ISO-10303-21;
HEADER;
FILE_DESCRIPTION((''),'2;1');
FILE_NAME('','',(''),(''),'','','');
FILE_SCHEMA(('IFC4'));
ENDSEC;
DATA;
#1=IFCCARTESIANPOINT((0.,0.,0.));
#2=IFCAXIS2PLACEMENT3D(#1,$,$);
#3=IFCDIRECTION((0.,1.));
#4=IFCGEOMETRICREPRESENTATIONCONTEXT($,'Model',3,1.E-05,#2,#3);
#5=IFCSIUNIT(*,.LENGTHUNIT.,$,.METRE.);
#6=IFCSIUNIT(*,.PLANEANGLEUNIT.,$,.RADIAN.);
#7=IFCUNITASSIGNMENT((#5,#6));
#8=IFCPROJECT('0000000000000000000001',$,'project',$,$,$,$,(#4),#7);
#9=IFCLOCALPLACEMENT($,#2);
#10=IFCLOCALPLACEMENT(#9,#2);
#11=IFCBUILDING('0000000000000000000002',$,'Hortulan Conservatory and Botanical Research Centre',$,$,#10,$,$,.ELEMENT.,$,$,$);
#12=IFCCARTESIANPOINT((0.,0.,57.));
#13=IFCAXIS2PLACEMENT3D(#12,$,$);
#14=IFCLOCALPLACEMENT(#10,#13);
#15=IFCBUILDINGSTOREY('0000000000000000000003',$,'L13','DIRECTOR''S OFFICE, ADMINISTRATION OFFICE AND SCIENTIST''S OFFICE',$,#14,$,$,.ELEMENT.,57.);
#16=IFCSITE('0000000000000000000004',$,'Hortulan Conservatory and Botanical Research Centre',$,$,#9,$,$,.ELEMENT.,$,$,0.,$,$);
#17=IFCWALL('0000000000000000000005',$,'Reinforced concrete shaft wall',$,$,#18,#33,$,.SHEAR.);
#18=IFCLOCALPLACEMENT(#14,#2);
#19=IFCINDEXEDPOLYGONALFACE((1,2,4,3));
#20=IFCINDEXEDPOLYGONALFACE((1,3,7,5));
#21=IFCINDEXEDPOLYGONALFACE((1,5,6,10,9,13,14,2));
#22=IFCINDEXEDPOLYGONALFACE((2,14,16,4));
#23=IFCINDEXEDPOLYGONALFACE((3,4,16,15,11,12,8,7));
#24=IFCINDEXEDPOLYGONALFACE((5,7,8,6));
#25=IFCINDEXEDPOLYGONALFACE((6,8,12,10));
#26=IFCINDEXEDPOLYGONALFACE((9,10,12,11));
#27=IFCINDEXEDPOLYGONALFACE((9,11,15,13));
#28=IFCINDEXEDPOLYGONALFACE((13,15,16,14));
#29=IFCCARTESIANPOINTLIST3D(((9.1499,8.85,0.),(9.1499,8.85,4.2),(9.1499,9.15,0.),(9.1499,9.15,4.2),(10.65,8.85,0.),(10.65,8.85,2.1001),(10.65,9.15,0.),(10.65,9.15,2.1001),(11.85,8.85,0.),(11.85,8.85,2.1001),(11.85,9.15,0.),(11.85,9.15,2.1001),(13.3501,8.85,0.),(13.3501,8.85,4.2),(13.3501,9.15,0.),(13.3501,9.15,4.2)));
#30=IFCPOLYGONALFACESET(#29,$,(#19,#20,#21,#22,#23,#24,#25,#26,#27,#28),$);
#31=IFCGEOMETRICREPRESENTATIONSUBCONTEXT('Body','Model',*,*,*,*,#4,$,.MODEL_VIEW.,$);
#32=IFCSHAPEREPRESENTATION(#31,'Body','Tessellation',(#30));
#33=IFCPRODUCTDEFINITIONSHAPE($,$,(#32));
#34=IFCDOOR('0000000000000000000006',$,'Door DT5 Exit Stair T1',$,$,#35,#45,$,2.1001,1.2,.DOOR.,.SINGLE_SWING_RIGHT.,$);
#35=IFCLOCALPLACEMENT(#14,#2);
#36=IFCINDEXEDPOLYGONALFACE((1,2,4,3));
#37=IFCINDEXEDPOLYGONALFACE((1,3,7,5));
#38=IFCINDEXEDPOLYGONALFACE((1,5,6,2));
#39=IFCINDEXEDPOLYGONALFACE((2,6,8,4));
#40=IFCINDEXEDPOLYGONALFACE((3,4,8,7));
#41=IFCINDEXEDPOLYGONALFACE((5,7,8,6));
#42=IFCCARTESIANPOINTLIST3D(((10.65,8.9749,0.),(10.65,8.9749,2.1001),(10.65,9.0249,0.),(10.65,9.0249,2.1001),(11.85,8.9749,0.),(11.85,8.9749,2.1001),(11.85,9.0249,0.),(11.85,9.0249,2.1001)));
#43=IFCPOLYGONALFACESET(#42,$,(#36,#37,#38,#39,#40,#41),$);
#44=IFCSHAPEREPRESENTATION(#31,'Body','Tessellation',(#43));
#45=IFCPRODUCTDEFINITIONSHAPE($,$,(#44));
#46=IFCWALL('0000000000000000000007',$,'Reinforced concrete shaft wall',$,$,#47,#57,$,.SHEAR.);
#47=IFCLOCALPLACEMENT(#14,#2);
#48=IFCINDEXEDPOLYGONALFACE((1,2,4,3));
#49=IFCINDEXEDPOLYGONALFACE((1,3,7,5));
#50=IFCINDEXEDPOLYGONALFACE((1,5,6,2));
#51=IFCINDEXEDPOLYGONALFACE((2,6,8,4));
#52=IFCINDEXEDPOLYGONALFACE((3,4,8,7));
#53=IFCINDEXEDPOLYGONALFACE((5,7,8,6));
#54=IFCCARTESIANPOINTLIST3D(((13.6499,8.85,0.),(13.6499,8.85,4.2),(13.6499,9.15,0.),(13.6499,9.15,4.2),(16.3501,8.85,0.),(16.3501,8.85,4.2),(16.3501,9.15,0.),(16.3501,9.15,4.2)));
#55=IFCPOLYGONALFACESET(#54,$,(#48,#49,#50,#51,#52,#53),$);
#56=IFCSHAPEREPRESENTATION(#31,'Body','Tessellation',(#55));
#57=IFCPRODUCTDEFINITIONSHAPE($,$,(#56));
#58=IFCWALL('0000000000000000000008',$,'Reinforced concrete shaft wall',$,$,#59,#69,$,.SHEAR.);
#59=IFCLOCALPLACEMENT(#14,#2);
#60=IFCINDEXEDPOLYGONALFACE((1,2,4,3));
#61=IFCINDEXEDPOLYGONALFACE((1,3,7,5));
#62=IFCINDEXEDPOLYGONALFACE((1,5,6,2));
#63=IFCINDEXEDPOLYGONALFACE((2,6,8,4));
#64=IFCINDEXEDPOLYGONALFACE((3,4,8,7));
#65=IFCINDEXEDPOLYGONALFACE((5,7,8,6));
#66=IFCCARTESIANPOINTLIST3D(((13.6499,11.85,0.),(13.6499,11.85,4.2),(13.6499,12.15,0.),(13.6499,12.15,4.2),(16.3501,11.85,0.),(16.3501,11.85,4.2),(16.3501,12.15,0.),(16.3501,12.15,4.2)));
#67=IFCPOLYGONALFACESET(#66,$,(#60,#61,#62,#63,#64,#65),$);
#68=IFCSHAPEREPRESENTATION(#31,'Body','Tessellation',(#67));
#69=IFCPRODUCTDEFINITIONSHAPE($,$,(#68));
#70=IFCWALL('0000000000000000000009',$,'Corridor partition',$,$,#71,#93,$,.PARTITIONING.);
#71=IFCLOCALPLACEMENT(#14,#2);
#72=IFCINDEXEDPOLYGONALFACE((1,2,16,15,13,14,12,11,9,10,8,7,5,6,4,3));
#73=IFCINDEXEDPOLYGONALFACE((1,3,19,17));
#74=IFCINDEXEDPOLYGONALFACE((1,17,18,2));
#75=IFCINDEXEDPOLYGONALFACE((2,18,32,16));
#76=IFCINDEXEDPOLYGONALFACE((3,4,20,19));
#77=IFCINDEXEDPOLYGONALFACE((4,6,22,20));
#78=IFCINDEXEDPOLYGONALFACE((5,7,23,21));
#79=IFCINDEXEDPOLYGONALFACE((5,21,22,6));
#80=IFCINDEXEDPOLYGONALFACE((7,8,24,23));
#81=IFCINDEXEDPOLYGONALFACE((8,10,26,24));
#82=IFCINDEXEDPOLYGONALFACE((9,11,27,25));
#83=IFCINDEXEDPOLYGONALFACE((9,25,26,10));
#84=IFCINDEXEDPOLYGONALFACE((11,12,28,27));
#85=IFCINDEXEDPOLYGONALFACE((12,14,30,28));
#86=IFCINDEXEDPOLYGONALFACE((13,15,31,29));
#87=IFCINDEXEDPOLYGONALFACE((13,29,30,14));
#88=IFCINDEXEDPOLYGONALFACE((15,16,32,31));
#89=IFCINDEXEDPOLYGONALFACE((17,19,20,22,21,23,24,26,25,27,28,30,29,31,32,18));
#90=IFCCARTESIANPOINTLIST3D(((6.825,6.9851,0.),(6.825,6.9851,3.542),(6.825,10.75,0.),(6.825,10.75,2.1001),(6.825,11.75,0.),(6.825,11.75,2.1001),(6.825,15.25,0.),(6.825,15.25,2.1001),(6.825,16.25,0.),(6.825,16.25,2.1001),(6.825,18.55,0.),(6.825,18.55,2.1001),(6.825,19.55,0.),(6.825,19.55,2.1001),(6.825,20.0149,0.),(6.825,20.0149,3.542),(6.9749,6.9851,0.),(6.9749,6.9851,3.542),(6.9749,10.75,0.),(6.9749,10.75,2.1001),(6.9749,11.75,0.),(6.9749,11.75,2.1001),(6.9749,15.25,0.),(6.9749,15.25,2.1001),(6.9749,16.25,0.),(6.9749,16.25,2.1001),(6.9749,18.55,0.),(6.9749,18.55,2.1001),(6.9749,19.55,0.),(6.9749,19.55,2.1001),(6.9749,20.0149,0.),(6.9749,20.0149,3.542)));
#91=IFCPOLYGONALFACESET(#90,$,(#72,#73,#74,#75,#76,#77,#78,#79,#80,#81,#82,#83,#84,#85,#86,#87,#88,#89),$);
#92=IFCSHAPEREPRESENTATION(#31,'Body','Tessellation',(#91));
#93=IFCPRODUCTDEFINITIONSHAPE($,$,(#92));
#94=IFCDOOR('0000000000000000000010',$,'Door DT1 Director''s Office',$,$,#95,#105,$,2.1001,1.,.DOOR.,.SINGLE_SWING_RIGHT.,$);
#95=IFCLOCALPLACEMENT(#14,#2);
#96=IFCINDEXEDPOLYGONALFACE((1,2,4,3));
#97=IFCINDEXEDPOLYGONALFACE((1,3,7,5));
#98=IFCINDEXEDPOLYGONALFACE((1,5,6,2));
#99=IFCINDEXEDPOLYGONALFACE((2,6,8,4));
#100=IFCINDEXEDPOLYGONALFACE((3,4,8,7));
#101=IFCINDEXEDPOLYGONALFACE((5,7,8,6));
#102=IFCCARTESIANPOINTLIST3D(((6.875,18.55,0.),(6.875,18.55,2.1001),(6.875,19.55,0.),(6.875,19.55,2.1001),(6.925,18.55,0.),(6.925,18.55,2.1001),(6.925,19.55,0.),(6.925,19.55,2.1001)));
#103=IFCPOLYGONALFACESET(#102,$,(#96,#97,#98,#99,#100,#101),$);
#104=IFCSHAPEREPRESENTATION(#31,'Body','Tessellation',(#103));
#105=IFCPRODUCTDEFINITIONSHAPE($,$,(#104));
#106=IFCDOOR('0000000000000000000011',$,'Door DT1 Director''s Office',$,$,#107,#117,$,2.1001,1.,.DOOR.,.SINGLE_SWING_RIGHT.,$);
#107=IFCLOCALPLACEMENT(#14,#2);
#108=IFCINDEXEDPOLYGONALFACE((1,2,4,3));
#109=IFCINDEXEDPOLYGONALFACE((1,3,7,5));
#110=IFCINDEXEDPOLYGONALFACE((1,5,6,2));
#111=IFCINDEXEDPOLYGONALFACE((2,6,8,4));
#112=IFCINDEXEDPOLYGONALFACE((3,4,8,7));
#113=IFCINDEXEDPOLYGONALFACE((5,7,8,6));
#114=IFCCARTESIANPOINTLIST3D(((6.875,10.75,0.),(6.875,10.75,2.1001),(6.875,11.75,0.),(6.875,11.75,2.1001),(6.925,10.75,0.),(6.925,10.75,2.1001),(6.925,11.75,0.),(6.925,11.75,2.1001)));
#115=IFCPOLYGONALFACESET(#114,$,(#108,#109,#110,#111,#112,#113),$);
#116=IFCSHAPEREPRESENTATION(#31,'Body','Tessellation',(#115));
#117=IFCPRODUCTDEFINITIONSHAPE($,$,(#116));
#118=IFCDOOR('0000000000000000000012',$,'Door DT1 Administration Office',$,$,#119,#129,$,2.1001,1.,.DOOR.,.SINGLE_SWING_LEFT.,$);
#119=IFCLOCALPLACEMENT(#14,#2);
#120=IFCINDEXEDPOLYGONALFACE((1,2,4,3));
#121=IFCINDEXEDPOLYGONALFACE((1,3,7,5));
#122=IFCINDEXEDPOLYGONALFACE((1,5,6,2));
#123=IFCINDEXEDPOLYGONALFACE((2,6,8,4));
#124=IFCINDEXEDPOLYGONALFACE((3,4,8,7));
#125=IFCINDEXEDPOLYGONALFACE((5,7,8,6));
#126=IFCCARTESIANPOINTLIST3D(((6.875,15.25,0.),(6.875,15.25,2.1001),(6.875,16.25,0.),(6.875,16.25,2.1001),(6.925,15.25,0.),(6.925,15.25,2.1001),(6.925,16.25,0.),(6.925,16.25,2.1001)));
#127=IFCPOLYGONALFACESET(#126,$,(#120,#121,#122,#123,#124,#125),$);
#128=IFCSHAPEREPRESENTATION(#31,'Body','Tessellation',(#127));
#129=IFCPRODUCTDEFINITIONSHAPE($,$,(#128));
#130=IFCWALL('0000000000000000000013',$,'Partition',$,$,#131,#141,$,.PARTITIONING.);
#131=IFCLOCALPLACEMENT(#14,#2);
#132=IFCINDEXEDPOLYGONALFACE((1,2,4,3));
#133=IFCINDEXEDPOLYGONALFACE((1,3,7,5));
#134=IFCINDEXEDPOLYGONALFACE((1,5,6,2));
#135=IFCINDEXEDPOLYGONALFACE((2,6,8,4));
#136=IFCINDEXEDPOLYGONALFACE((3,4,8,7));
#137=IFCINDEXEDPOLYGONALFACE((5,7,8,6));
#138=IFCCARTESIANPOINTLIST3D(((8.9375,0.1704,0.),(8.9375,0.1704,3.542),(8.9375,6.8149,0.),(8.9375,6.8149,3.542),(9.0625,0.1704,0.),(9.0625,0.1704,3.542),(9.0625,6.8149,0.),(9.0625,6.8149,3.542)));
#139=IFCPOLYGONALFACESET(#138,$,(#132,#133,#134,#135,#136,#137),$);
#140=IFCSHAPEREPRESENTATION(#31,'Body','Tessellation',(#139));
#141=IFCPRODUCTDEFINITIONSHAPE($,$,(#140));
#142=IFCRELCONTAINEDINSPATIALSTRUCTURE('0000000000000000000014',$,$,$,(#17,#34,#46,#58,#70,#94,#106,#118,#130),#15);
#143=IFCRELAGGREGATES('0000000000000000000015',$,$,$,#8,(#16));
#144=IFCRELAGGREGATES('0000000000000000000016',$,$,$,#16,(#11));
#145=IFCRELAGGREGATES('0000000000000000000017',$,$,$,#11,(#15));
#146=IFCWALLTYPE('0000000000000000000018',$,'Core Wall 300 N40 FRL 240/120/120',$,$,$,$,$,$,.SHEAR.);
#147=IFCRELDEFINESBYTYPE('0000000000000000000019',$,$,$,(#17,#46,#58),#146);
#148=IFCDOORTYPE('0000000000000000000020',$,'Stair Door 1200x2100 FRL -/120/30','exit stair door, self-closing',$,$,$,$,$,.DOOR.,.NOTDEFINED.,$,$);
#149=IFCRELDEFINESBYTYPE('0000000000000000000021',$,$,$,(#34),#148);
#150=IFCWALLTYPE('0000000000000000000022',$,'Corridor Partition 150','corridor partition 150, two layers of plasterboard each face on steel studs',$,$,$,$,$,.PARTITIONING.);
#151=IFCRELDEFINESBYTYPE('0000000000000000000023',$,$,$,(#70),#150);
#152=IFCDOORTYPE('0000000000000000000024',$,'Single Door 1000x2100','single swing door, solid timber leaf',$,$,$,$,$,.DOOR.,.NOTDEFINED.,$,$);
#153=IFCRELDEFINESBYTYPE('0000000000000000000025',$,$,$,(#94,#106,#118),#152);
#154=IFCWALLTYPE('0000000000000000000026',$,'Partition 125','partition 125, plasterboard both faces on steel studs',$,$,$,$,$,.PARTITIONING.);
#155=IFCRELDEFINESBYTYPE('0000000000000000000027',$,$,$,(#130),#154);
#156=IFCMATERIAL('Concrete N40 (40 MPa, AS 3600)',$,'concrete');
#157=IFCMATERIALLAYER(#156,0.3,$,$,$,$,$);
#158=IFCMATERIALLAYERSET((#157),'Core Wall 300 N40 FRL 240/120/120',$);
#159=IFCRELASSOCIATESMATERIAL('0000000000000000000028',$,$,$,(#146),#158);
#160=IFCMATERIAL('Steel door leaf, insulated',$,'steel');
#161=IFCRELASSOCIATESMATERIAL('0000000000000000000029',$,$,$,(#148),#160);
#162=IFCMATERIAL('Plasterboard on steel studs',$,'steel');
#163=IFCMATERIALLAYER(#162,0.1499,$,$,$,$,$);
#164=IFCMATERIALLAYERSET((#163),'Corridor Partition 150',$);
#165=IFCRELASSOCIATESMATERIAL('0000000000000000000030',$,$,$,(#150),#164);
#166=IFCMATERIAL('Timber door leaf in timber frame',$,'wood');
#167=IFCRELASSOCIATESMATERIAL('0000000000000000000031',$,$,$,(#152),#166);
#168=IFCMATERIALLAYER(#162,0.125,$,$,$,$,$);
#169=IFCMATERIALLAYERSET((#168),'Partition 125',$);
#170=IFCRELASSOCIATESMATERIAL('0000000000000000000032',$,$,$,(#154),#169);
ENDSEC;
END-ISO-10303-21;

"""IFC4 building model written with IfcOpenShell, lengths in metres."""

from ifc_helpers import new_model, si_unit, direction, frame, frame_2d, origin, place, context, subcontext, project, spatial, rectangle, extrude, material, layer, layer_set, type_object, element, fill, save


model = new_model("IFC4")

# Units and contexts
model_context = context("Model", 3, precision=1e-05, world=origin(), true_north=direction((0.0, 1.0)))
body_context = subcontext(model_context, "Body", "Model", "MODEL_VIEW")
ifc_project = project(units=[si_unit("LENGTHUNIT", "METRE"), si_unit("PLANEANGLEUNIT", "RADIAN")], contexts=[model_context])

# Site, building, storey
site_placement = place(None, origin())
site = spatial("IfcSite", under=ifc_project, at=site_placement, Name="Hortulan Conservatory and Botanical Research Centre", CompositionType="ELEMENT", RefElevation=0.0)
building_placement = place(site_placement, origin())
building = spatial("IfcBuilding", under=site, at=building_placement, Name="Hortulan Conservatory and Botanical Research Centre", CompositionType="ELEMENT")
storey_placement = place(building_placement, frame((0.0, 0.0, 57.0)))
storey = spatial("IfcBuildingStorey", under=building, at=storey_placement, Name="L13", Description="DIRECTOR'S OFFICE, ADMINISTRATION OFFICE AND SCIENTIST'S OFFICE", CompositionType="ELEMENT", Elevation=57.0)

# Shared definitions
ifc_material_1 = material(Name="Concrete N40 (40 MPa, AS 3600)", Category="concrete")
ifc_layer_1 = layer(ifc_material_1, 0.3)
ifc_layer_set_1 = layer_set([ifc_layer_1], Name="Core Wall 300 N40 FRL 240/120/120")
wall_type_1 = type_object("IfcWallType", Name="Core Wall 300 N40 FRL 240/120/120", PredefinedType="SHEAR", material=ifc_layer_set_1)

# Wall, opening, door
wall_1_placement = place(storey_placement, frame((9.1499, 9.0, 0.0), z_axis=(0.0, 0.0, 1.0), x_axis=(1.0, 0.0, 0.0)))
wall_1 = element("IfcWall", 1, at=wall_1_placement, inside=storey, type_object=wall_type_1, Name="Reinforced concrete shaft wall", PredefinedType="SHEAR", context=body_context, shape_type="SweptSolid", body=[
    extrude(rectangle(XDim=4.2002, YDim=0.3, at=frame_2d((2.1001, 0.0))), origin(), (0.0, 0.0, 1.0), 4.2),
])
opening_1_placement = place(wall_1_placement, frame((1.5, 0.0, 0.0)))
opening_1 = element("IfcOpeningElement", 2, at=opening_1_placement, cuts=wall_1, PredefinedType="OPENING", context=body_context, shape_type="SweptSolid", body=[
    extrude(rectangle(XDim=1.2, YDim=2.1001, at=frame_2d((0.6001, 1.05))), frame((0.0, 0.1599, 0.0), z_axis=(0.0, -1.0, 0.0), x_axis=(1.0, 0.0, 0.0)), (0.0, 0.0, 1.0), 0.3201),
])
ifc_material_2 = material(Name="Steel door leaf, insulated", Category="steel")
door_type_1 = type_object("IfcDoorType", Name="Stair Door 1200x2100 FRL -/120/30", Description="exit stair door, self-closing", OperationType="NOTDEFINED", PredefinedType="DOOR", material=ifc_material_2)
door_1_placement = place(opening_1_placement, origin())
door_1 = element("IfcDoor", 3, at=door_1_placement, inside=storey, type_object=door_type_1, Name="Door DT5 Exit Stair T1", OperationType="SINGLE_SWING_RIGHT", OverallHeight=2.1001, OverallWidth=1.2, PredefinedType="DOOR", context=body_context, shape_type="SweptSolid", body=[
    extrude(rectangle(XDim=1.2, YDim=2.1001, at=frame_2d((0.6001, 1.05))), frame((0.0, 0.0249, 0.0), z_axis=(0.0, -1.0, 0.0), x_axis=(1.0, 0.0, 0.0)), (0.0, 0.0, 1.0), 0.05),
])
fill(opening_1, door_1)

# Walls
for number, where, z_axis, x_axis, name in (
    (4, (13.6499, 9.0, 0.0), (0.0, 0.0, 1.0), (1.0, 0.0, 0.0), "Reinforced concrete shaft wall"),
    (5, (13.6499, 12.0, 0.0), (0.0, 0.0, 1.0), (1.0, 0.0, 0.0), "Reinforced concrete shaft wall"),
):
    element("IfcWall", number, at=place(storey_placement, frame(where, z_axis=z_axis, x_axis=x_axis)), inside=storey, type_object=wall_type_1, Name=name, PredefinedType="SHEAR", context=body_context, shape_type="SweptSolid", body=[
        extrude(rectangle(XDim=2.7002, YDim=0.3, at=frame_2d((1.3501, 0.0))), origin(), (0.0, 0.0, 1.0), 4.2),
    ])

# Wall, openings, doors
ifc_material_3 = material(Name="Plasterboard on steel studs", Category="steel")
ifc_layer_2 = layer(ifc_material_3, 0.1499)
ifc_layer_set_2 = layer_set([ifc_layer_2], Name="Corridor Partition 150")
wall_type_2 = type_object("IfcWallType", Name="Corridor Partition 150", Description="corridor partition 150, two layers of plasterboard each face on steel studs", PredefinedType="PARTITIONING", material=ifc_layer_set_2)
wall_2_placement = place(storey_placement, frame((6.8999, 6.9851, 0.0), z_axis=(0.0, 0.0, 1.0), x_axis=(0.0, 1.0, 0.0)))
wall_2 = element("IfcWall", 6, at=wall_2_placement, inside=storey, type_object=wall_type_2, Name="Corridor partition", PredefinedType="PARTITIONING", context=body_context, shape_type="SweptSolid", body=[
    extrude(rectangle(XDim=13.0298, YDim=0.1499, at=frame_2d((6.5149, 0.0))), origin(), (0.0, 0.0, 1.0), 3.542),
])
opening_2_placement = place(wall_2_placement, frame((11.5649, 0.0, 0.0)))
opening_2 = element("IfcOpeningElement", 7, at=opening_2_placement, cuts=wall_2, PredefinedType="OPENING", context=body_context, shape_type="SweptSolid", body=[
    extrude(rectangle(XDim=1.0, YDim=2.1001, at=frame_2d((0.5, 1.05))), frame((0.0, 0.085, 0.0), z_axis=(0.0, -1.0, 0.0), x_axis=(1.0, 0.0, 0.0)), (0.0, 0.0, 1.0), 0.1699),
])
opening_3_placement = place(wall_2_placement, frame((3.7649, 0.0, 0.0)))
opening_3 = element("IfcOpeningElement", 8, at=opening_3_placement, cuts=wall_2, PredefinedType="OPENING", context=body_context, shape_type="SweptSolid", body=[
    extrude(rectangle(XDim=1.0, YDim=2.1001, at=frame_2d((0.5, 1.05))), frame((0.0, 0.085, 0.0), z_axis=(0.0, -1.0, 0.0), x_axis=(1.0, 0.0, 0.0)), (0.0, 0.0, 1.0), 0.1699),
])
opening_4_placement = place(wall_2_placement, frame((8.2649, 0.0, 0.0)))
opening_4 = element("IfcOpeningElement", 9, at=opening_4_placement, cuts=wall_2, PredefinedType="OPENING", context=body_context, shape_type="SweptSolid", body=[
    extrude(rectangle(XDim=1.0, YDim=2.1001, at=frame_2d((0.5, 1.05))), frame((0.0, 0.085, 0.0), z_axis=(0.0, -1.0, 0.0), x_axis=(1.0, 0.0, 0.0)), (0.0, 0.0, 1.0), 0.1699),
])
ifc_material_4 = material(Name="Timber door leaf in timber frame", Category="wood")
door_type_2 = type_object("IfcDoorType", Name="Single Door 1000x2100", Description="single swing door, solid timber leaf", OperationType="NOTDEFINED", PredefinedType="DOOR", material=ifc_material_4)
door_2_placement = place(opening_2_placement, origin())
door_2 = element("IfcDoor", 10, at=door_2_placement, inside=storey, type_object=door_type_2, Name="Door DT1 Director's Office", OperationType="SINGLE_SWING_RIGHT", OverallHeight=2.1001, OverallWidth=1.0, PredefinedType="DOOR", context=body_context, shape_type="SweptSolid", body=[
    extrude(rectangle(XDim=1.0, YDim=2.1001, at=frame_2d((0.5, 1.05))), frame((0.0, 0.0249, 0.0), z_axis=(0.0, -1.0, 0.0), x_axis=(1.0, 0.0, 0.0)), (0.0, 0.0, 1.0), 0.05),
])
fill(opening_2, door_2)
door_3_placement = place(opening_3_placement, origin())
door_3 = element("IfcDoor", 11, at=door_3_placement, inside=storey, type_object=door_type_2, Name="Door DT1 Director's Office", OperationType="SINGLE_SWING_RIGHT", OverallHeight=2.1001, OverallWidth=1.0, PredefinedType="DOOR", context=body_context, shape_type="SweptSolid", body=[
    extrude(rectangle(XDim=1.0, YDim=2.1001, at=frame_2d((0.5, 1.05))), frame((0.0, 0.0249, 0.0), z_axis=(0.0, -1.0, 0.0), x_axis=(1.0, 0.0, 0.0)), (0.0, 0.0, 1.0), 0.05),
])
fill(opening_3, door_3)
door_4_placement = place(opening_4_placement, origin())
door_4 = element("IfcDoor", 12, at=door_4_placement, inside=storey, type_object=door_type_2, Name="Door DT1 Administration Office", OperationType="SINGLE_SWING_LEFT", OverallHeight=2.1001, OverallWidth=1.0, PredefinedType="DOOR", context=body_context, shape_type="SweptSolid", body=[
    extrude(rectangle(XDim=1.0, YDim=2.1001, at=frame_2d((0.5, 1.05))), frame((0.0, 0.0249, 0.0), z_axis=(0.0, -1.0, 0.0), x_axis=(1.0, 0.0, 0.0)), (0.0, 0.0, 1.0), 0.05),
])
fill(opening_4, door_4)

# Wall
ifc_layer_3 = layer(ifc_material_3, 0.125)
ifc_layer_set_3 = layer_set([ifc_layer_3], Name="Partition 125")
wall_type_3 = type_object("IfcWallType", Name="Partition 125", Description="partition 125, plasterboard both faces on steel studs", PredefinedType="PARTITIONING", material=ifc_layer_set_3)
wall_3_placement = place(storey_placement, frame((9.0, 0.1704, 0.0), z_axis=(0.0, 0.0, 1.0), x_axis=(0.0, 1.0, 0.0)))
element("IfcWall", 13, at=wall_3_placement, inside=storey, type_object=wall_type_3, Name="Partition", PredefinedType="PARTITIONING", context=body_context, shape_type="SweptSolid", body=[
    extrude(rectangle(XDim=6.6445, YDim=0.125, at=frame_2d((3.3223, 0.0))), origin(), (0.0, 0.0, 1.0), 3.542),
])

save(model, "model.ifc")
